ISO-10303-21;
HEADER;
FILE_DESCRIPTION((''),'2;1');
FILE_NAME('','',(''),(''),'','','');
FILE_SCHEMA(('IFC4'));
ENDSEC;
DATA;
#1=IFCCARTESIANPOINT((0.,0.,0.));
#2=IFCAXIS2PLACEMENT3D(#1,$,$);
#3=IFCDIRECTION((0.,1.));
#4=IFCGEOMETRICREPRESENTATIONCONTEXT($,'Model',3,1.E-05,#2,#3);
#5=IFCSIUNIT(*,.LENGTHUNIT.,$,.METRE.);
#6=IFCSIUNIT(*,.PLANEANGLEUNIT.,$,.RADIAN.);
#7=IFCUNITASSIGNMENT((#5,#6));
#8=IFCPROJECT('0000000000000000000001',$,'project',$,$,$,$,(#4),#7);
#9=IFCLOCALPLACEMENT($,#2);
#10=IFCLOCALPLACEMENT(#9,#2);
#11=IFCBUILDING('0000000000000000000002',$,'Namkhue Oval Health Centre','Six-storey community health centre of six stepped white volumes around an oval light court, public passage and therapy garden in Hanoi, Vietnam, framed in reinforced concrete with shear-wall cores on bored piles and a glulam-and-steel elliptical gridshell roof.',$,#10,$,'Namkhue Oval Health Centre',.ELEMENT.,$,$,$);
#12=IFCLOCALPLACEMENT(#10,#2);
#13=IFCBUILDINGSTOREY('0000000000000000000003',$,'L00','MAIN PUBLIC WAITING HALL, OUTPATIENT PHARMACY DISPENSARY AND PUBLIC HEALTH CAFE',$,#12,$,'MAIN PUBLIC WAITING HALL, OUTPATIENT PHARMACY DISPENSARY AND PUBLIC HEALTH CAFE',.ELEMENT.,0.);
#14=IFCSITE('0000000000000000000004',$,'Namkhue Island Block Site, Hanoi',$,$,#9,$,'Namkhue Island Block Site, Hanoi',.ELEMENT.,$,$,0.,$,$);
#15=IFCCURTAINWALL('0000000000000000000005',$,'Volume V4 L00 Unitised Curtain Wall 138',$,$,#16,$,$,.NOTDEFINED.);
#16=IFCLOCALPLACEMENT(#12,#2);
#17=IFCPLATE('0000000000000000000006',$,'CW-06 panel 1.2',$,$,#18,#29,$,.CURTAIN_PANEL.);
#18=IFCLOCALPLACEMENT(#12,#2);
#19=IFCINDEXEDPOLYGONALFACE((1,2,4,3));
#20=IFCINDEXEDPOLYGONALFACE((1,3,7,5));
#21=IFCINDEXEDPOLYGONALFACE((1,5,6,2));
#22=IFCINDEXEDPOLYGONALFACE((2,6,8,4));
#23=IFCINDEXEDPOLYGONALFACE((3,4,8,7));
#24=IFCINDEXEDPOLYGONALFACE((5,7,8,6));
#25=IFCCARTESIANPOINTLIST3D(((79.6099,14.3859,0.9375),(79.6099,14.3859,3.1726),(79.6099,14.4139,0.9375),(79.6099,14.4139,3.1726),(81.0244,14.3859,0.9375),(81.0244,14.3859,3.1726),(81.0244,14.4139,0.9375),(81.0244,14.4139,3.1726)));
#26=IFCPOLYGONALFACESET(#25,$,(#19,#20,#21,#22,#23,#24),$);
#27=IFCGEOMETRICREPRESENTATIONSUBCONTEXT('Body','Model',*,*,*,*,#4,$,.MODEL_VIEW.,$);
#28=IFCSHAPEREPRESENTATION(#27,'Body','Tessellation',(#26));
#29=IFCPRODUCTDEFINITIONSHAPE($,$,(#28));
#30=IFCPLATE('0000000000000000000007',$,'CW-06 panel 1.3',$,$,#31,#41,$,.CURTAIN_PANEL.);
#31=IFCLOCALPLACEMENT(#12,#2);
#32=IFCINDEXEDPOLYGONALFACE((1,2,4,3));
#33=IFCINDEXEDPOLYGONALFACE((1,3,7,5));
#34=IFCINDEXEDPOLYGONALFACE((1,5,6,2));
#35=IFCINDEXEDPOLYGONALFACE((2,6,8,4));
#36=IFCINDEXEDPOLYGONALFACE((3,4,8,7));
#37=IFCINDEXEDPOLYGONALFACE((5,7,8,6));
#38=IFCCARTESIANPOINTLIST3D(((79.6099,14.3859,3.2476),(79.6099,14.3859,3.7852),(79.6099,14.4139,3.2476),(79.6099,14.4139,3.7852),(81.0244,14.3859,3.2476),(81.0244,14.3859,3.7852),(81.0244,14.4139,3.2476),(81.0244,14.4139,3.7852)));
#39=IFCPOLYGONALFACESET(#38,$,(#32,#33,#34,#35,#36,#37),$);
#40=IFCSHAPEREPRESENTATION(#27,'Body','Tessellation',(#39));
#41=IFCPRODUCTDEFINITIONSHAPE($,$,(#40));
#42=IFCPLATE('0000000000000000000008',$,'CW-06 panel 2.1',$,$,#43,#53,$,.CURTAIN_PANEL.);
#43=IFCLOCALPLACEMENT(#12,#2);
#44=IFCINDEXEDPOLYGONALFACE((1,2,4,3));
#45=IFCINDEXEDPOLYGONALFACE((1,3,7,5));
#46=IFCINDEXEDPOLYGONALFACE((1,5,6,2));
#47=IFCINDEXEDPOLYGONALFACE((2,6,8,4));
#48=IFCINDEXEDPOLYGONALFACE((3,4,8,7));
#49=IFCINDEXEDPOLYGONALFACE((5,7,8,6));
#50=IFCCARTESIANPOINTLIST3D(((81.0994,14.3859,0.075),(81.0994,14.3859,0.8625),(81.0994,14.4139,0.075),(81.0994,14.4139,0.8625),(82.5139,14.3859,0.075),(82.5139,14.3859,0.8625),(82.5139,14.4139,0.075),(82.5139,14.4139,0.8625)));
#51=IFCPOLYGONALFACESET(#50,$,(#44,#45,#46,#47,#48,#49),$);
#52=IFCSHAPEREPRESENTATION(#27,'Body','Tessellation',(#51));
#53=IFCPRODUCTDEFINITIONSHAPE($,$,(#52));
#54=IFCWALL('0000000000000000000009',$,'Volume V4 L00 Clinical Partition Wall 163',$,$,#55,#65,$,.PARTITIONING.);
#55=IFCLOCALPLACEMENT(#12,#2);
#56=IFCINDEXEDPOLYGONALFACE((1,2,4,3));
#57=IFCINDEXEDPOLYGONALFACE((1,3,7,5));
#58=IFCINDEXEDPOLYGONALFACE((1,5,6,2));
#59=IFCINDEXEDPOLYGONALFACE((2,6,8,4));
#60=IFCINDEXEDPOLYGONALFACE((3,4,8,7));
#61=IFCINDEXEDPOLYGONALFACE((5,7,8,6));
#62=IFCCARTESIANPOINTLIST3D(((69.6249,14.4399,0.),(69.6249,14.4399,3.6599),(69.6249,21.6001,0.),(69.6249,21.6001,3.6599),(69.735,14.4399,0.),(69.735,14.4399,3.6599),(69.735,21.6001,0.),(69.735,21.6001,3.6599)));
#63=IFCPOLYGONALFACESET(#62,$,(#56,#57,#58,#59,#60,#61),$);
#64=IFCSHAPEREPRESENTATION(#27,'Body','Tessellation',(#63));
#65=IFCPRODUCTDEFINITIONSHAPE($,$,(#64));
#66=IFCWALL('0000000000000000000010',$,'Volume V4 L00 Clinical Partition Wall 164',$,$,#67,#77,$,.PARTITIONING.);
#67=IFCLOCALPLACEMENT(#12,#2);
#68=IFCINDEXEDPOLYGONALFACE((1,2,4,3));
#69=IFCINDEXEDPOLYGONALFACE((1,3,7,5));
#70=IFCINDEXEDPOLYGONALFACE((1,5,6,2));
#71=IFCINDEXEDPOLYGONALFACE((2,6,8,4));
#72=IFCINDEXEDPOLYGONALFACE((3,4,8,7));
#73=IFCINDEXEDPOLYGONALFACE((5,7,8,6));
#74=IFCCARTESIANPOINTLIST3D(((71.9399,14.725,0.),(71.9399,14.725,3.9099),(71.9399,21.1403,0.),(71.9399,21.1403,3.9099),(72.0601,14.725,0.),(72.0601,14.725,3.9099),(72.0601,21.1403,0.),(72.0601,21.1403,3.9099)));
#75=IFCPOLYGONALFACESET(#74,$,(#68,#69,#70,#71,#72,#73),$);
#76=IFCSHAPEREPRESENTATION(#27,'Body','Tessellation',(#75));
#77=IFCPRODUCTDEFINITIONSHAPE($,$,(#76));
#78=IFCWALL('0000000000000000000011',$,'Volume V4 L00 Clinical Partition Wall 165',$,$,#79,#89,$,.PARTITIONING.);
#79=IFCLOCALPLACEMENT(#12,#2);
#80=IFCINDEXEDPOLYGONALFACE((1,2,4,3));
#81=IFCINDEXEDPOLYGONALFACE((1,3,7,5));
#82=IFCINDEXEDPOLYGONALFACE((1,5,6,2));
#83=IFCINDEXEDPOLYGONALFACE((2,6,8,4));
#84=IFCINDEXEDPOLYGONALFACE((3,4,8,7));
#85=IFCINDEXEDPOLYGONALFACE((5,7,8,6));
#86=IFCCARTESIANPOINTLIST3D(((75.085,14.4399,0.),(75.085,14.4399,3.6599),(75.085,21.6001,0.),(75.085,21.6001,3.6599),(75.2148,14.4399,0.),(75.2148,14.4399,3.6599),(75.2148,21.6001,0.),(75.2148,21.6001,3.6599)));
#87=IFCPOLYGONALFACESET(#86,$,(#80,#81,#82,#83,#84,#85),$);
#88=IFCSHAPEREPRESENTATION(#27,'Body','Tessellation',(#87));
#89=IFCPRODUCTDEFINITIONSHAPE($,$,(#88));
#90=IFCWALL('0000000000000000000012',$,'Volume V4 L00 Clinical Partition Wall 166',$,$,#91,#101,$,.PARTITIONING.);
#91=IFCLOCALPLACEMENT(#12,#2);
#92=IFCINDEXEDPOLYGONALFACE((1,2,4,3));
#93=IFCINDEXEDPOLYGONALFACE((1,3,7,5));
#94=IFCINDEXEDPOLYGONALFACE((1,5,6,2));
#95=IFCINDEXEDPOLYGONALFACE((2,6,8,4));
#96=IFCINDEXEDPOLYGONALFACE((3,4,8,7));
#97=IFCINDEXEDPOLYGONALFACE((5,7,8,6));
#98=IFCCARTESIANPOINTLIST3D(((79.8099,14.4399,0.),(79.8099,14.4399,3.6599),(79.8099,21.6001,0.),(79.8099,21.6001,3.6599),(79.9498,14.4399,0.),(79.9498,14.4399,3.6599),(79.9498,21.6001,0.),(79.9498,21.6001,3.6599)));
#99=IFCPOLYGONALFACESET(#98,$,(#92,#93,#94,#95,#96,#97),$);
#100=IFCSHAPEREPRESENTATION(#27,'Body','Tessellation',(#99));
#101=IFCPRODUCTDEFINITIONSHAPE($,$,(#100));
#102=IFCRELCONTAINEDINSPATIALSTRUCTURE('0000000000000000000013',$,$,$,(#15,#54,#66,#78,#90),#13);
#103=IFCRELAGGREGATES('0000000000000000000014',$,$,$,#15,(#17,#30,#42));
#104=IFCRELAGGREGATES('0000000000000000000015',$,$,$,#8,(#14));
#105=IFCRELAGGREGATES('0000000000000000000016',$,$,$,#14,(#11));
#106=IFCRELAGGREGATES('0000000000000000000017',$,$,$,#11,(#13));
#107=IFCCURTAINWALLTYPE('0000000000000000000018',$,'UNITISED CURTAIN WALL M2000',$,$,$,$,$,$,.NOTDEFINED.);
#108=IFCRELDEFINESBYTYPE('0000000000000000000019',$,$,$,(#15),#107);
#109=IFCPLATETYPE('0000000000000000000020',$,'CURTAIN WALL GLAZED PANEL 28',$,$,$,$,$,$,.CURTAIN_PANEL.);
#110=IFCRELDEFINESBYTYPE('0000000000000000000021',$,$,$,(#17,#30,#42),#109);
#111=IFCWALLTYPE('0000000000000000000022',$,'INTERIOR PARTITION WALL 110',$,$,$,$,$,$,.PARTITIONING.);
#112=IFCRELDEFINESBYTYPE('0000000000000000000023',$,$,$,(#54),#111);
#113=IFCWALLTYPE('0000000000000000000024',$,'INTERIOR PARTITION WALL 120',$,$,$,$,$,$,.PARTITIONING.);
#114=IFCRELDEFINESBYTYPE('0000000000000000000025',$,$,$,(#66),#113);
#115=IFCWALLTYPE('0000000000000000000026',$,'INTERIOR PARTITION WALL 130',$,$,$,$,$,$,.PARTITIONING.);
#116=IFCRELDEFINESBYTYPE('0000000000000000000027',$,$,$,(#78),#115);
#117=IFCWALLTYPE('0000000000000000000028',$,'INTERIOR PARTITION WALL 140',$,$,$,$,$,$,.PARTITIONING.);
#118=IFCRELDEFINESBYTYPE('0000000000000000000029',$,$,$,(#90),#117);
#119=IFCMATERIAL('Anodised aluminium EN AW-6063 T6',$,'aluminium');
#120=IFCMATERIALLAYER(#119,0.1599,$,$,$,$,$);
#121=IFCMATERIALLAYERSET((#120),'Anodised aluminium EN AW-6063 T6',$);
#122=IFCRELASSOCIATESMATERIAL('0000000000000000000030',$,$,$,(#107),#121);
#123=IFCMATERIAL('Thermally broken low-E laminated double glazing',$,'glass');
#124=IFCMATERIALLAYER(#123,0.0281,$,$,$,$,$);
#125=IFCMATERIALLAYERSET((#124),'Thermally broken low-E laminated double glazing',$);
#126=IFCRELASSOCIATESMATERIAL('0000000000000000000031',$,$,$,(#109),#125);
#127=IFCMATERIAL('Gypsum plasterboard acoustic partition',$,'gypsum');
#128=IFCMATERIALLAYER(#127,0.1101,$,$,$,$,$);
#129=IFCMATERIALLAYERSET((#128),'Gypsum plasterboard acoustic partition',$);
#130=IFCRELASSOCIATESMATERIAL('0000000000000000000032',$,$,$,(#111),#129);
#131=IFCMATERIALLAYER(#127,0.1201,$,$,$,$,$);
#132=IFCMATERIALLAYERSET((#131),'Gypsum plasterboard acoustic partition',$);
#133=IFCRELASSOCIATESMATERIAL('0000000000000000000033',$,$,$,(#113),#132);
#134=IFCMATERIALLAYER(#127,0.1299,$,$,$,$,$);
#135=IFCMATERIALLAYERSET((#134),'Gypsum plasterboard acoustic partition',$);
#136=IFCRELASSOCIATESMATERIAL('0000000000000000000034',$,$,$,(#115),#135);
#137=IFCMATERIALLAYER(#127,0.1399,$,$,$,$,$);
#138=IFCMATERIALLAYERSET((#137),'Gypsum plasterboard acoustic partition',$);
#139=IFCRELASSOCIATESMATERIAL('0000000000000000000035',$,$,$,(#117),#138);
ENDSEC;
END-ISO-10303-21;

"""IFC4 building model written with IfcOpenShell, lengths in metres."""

from ifc_helpers import new_model, si_unit, direction, frame, frame_2d, origin, origin_2d, place, context, subcontext, project, spatial, rectangle, extrude, material, layer, layer_set, type_object, element, aggregate, save


model = new_model("IFC4")

# Units and contexts
model_context = context("Model", 3, precision=1e-05, world=origin(), true_north=direction((0.0, 1.0)))
body_context = subcontext(model_context, "Body", "Model", "MODEL_VIEW")
ifc_project = project(units=[si_unit("LENGTHUNIT", "METRE"), si_unit("PLANEANGLEUNIT", "RADIAN")], contexts=[model_context])

# Site, building, storey
site_placement = place(None, origin())
site = spatial("IfcSite", under=ifc_project, at=site_placement, Name="Namkhue Island Block Site, Hanoi", LongName="Namkhue Island Block Site, Hanoi", CompositionType="ELEMENT", RefElevation=0.0)
building_placement = place(site_placement, origin())
building = spatial("IfcBuilding", under=site, at=building_placement, Name="Namkhue Oval Health Centre", Description="Six-storey community health centre of six stepped white volumes around an oval light court, public passage and therapy garden in Hanoi, Vietnam, framed in reinforced concrete with shear-wall cores on bored piles and a glulam-and-steel elliptical gridshell roof.", LongName="Namkhue Oval Health Centre", CompositionType="ELEMENT")
storey_placement = place(building_placement, origin())
storey = spatial("IfcBuildingStorey", under=building, at=storey_placement, Name="L00", Description="MAIN PUBLIC WAITING HALL, OUTPATIENT PHARMACY DISPENSARY AND PUBLIC HEALTH CAFE", LongName="MAIN PUBLIC WAITING HALL, OUTPATIENT PHARMACY DISPENSARY AND PUBLIC HEALTH CAFE", CompositionType="ELEMENT", Elevation=0.0)

# Curtain wall
ifc_material_1 = material(Name="Anodised aluminium EN AW-6063 T6", Category="aluminium")
ifc_layer_1 = layer(ifc_material_1, 0.1599)
ifc_layer_set_1 = layer_set([ifc_layer_1], Name="Anodised aluminium EN AW-6063 T6")
curtain_wall_type = type_object("IfcCurtainWallType", Name="UNITISED CURTAIN WALL M2000", PredefinedType="NOTDEFINED", material=ifc_layer_set_1)
curtain_wall_placement = place(storey_placement, origin())
curtain_wall = element("IfcCurtainWall", 1, at=curtain_wall_placement, inside=storey, type_object=curtain_wall_type, Name="Volume V4 L00 Unitised Curtain Wall 138", PredefinedType="NOTDEFINED")

# Plates
ifc_material_2 = material(Name="Thermally broken low-E laminated double glazing", Category="glass")
ifc_layer_2 = layer(ifc_material_2, 0.0281)
ifc_layer_set_2 = layer_set([ifc_layer_2], Name="Thermally broken low-E laminated double glazing")
plate_type = type_object("IfcPlateType", Name="CURTAIN WALL GLAZED PANEL 28", PredefinedType="CURTAIN_PANEL", material=ifc_layer_set_2)
plate_1_placement = place(storey_placement, frame((80.3171, 14.3999, 0.9375), z_axis=(0.0, 0.0, 1.0), x_axis=(1.0, 0.0, 0.0)))
plate_1 = element("IfcPlate", 2, at=plate_1_placement, type_object=plate_type, Name="CW-06 panel 1.2", PredefinedType="CURTAIN_PANEL", context=body_context, shape_type="SweptSolid", body=[
    extrude(rectangle(XDim=1.4146, YDim=0.0281, at=origin_2d()), origin(), (0.0, 0.0, 1.0), 2.2351),
])
plate_2_placement = place(storey_placement, frame((80.3171, 14.3999, 3.2476), z_axis=(0.0, 0.0, 1.0), x_axis=(1.0, 0.0, 0.0)))
plate_2 = element("IfcPlate", 3, at=plate_2_placement, type_object=plate_type, Name="CW-06 panel 1.3", PredefinedType="CURTAIN_PANEL", context=body_context, shape_type="SweptSolid", body=[
    extrude(rectangle(XDim=1.4146, YDim=0.0281, at=origin_2d()), origin(), (0.0, 0.0, 1.0), 0.5376),
])
plate_3_placement = place(storey_placement, frame((81.8066, 14.3999, 0.075), z_axis=(0.0, 0.0, 1.0), x_axis=(1.0, 0.0, 0.0)))
plate_3 = element("IfcPlate", 4, at=plate_3_placement, type_object=plate_type, Name="CW-06 panel 2.1", PredefinedType="CURTAIN_PANEL", context=body_context, shape_type="SweptSolid", body=[
    extrude(rectangle(XDim=1.4146, YDim=0.0281, at=origin_2d()), origin(), (0.0, 0.0, 1.0), 0.7876),
])
aggregate(curtain_wall, [plate_1, plate_2, plate_3])

# Walls
ifc_material_3 = material(Name="Gypsum plasterboard acoustic partition", Category="gypsum")
ifc_layer_3 = layer(ifc_material_3, 0.1101)
ifc_layer_set_3 = layer_set([ifc_layer_3], Name="Gypsum plasterboard acoustic partition")
wall_type_1 = type_object("IfcWallType", Name="INTERIOR PARTITION WALL 110", PredefinedType="PARTITIONING", material=ifc_layer_set_3)
wall_1_placement = place(storey_placement, frame((69.6799, 14.4399, 0.0), z_axis=(0.0, 0.0, 1.0), x_axis=(0.0, 1.0, 0.0)))
element("IfcWall", 5, at=wall_1_placement, inside=storey, type_object=wall_type_1, Name="Volume V4 L00 Clinical Partition Wall 163", PredefinedType="PARTITIONING", context=body_context, shape_type="SweptSolid", body=[
    extrude(rectangle(XDim=7.1602, YDim=0.1101, at=frame_2d((3.5801, 0.0))), origin(), (0.0, 0.0, 1.0), 3.6599),
])
ifc_layer_4 = layer(ifc_material_3, 0.1201)
ifc_layer_set_4 = layer_set([ifc_layer_4], Name="Gypsum plasterboard acoustic partition")
wall_type_2 = type_object("IfcWallType", Name="INTERIOR PARTITION WALL 120", PredefinedType="PARTITIONING", material=ifc_layer_set_4)
wall_2_placement = place(storey_placement, frame((72.0, 14.7251, 0.0), z_axis=(0.0, 0.0, 1.0), x_axis=(0.0, 1.0, 0.0)))
element("IfcWall", 6, at=wall_2_placement, inside=storey, type_object=wall_type_2, Name="Volume V4 L00 Clinical Partition Wall 164", PredefinedType="PARTITIONING", context=body_context, shape_type="SweptSolid", body=[
    extrude(rectangle(XDim=6.4153, YDim=0.1201, at=frame_2d((3.2075, 0.0))), origin(), (0.0, 0.0, 1.0), 3.9099),
])
ifc_layer_5 = layer(ifc_material_3, 0.1299)
ifc_layer_set_5 = layer_set([ifc_layer_5], Name="Gypsum plasterboard acoustic partition")
wall_type_3 = type_object("IfcWallType", Name="INTERIOR PARTITION WALL 130", PredefinedType="PARTITIONING", material=ifc_layer_set_5)
wall_3_placement = place(storey_placement, frame((75.1499, 14.4399, 0.0), z_axis=(0.0, 0.0, 1.0), x_axis=(0.0, 1.0, 0.0)))
element("IfcWall", 7, at=wall_3_placement, inside=storey, type_object=wall_type_3, Name="Volume V4 L00 Clinical Partition Wall 165", PredefinedType="PARTITIONING", context=body_context, shape_type="SweptSolid", body=[
    extrude(rectangle(XDim=7.1602, YDim=0.1299, at=frame_2d((3.5801, 0.0))), origin(), (0.0, 0.0, 1.0), 3.6599),
])
ifc_layer_6 = layer(ifc_material_3, 0.1399)
ifc_layer_set_6 = layer_set([ifc_layer_6], Name="Gypsum plasterboard acoustic partition")
wall_type_4 = type_object("IfcWallType", Name="INTERIOR PARTITION WALL 140", PredefinedType="PARTITIONING", material=ifc_layer_set_6)
wall_4_placement = place(storey_placement, frame((79.8799, 14.4399, 0.0), z_axis=(0.0, 0.0, 1.0), x_axis=(0.0, 1.0, 0.0)))
element("IfcWall", 8, at=wall_4_placement, inside=storey, type_object=wall_type_4, Name="Volume V4 L00 Clinical Partition Wall 166", PredefinedType="PARTITIONING", context=body_context, shape_type="SweptSolid", body=[
    extrude(rectangle(XDim=7.1602, YDim=0.1399, at=frame_2d((3.5801, 0.0))), origin(), (0.0, 0.0, 1.0), 3.6599),
])

save(model, "model.ifc")
